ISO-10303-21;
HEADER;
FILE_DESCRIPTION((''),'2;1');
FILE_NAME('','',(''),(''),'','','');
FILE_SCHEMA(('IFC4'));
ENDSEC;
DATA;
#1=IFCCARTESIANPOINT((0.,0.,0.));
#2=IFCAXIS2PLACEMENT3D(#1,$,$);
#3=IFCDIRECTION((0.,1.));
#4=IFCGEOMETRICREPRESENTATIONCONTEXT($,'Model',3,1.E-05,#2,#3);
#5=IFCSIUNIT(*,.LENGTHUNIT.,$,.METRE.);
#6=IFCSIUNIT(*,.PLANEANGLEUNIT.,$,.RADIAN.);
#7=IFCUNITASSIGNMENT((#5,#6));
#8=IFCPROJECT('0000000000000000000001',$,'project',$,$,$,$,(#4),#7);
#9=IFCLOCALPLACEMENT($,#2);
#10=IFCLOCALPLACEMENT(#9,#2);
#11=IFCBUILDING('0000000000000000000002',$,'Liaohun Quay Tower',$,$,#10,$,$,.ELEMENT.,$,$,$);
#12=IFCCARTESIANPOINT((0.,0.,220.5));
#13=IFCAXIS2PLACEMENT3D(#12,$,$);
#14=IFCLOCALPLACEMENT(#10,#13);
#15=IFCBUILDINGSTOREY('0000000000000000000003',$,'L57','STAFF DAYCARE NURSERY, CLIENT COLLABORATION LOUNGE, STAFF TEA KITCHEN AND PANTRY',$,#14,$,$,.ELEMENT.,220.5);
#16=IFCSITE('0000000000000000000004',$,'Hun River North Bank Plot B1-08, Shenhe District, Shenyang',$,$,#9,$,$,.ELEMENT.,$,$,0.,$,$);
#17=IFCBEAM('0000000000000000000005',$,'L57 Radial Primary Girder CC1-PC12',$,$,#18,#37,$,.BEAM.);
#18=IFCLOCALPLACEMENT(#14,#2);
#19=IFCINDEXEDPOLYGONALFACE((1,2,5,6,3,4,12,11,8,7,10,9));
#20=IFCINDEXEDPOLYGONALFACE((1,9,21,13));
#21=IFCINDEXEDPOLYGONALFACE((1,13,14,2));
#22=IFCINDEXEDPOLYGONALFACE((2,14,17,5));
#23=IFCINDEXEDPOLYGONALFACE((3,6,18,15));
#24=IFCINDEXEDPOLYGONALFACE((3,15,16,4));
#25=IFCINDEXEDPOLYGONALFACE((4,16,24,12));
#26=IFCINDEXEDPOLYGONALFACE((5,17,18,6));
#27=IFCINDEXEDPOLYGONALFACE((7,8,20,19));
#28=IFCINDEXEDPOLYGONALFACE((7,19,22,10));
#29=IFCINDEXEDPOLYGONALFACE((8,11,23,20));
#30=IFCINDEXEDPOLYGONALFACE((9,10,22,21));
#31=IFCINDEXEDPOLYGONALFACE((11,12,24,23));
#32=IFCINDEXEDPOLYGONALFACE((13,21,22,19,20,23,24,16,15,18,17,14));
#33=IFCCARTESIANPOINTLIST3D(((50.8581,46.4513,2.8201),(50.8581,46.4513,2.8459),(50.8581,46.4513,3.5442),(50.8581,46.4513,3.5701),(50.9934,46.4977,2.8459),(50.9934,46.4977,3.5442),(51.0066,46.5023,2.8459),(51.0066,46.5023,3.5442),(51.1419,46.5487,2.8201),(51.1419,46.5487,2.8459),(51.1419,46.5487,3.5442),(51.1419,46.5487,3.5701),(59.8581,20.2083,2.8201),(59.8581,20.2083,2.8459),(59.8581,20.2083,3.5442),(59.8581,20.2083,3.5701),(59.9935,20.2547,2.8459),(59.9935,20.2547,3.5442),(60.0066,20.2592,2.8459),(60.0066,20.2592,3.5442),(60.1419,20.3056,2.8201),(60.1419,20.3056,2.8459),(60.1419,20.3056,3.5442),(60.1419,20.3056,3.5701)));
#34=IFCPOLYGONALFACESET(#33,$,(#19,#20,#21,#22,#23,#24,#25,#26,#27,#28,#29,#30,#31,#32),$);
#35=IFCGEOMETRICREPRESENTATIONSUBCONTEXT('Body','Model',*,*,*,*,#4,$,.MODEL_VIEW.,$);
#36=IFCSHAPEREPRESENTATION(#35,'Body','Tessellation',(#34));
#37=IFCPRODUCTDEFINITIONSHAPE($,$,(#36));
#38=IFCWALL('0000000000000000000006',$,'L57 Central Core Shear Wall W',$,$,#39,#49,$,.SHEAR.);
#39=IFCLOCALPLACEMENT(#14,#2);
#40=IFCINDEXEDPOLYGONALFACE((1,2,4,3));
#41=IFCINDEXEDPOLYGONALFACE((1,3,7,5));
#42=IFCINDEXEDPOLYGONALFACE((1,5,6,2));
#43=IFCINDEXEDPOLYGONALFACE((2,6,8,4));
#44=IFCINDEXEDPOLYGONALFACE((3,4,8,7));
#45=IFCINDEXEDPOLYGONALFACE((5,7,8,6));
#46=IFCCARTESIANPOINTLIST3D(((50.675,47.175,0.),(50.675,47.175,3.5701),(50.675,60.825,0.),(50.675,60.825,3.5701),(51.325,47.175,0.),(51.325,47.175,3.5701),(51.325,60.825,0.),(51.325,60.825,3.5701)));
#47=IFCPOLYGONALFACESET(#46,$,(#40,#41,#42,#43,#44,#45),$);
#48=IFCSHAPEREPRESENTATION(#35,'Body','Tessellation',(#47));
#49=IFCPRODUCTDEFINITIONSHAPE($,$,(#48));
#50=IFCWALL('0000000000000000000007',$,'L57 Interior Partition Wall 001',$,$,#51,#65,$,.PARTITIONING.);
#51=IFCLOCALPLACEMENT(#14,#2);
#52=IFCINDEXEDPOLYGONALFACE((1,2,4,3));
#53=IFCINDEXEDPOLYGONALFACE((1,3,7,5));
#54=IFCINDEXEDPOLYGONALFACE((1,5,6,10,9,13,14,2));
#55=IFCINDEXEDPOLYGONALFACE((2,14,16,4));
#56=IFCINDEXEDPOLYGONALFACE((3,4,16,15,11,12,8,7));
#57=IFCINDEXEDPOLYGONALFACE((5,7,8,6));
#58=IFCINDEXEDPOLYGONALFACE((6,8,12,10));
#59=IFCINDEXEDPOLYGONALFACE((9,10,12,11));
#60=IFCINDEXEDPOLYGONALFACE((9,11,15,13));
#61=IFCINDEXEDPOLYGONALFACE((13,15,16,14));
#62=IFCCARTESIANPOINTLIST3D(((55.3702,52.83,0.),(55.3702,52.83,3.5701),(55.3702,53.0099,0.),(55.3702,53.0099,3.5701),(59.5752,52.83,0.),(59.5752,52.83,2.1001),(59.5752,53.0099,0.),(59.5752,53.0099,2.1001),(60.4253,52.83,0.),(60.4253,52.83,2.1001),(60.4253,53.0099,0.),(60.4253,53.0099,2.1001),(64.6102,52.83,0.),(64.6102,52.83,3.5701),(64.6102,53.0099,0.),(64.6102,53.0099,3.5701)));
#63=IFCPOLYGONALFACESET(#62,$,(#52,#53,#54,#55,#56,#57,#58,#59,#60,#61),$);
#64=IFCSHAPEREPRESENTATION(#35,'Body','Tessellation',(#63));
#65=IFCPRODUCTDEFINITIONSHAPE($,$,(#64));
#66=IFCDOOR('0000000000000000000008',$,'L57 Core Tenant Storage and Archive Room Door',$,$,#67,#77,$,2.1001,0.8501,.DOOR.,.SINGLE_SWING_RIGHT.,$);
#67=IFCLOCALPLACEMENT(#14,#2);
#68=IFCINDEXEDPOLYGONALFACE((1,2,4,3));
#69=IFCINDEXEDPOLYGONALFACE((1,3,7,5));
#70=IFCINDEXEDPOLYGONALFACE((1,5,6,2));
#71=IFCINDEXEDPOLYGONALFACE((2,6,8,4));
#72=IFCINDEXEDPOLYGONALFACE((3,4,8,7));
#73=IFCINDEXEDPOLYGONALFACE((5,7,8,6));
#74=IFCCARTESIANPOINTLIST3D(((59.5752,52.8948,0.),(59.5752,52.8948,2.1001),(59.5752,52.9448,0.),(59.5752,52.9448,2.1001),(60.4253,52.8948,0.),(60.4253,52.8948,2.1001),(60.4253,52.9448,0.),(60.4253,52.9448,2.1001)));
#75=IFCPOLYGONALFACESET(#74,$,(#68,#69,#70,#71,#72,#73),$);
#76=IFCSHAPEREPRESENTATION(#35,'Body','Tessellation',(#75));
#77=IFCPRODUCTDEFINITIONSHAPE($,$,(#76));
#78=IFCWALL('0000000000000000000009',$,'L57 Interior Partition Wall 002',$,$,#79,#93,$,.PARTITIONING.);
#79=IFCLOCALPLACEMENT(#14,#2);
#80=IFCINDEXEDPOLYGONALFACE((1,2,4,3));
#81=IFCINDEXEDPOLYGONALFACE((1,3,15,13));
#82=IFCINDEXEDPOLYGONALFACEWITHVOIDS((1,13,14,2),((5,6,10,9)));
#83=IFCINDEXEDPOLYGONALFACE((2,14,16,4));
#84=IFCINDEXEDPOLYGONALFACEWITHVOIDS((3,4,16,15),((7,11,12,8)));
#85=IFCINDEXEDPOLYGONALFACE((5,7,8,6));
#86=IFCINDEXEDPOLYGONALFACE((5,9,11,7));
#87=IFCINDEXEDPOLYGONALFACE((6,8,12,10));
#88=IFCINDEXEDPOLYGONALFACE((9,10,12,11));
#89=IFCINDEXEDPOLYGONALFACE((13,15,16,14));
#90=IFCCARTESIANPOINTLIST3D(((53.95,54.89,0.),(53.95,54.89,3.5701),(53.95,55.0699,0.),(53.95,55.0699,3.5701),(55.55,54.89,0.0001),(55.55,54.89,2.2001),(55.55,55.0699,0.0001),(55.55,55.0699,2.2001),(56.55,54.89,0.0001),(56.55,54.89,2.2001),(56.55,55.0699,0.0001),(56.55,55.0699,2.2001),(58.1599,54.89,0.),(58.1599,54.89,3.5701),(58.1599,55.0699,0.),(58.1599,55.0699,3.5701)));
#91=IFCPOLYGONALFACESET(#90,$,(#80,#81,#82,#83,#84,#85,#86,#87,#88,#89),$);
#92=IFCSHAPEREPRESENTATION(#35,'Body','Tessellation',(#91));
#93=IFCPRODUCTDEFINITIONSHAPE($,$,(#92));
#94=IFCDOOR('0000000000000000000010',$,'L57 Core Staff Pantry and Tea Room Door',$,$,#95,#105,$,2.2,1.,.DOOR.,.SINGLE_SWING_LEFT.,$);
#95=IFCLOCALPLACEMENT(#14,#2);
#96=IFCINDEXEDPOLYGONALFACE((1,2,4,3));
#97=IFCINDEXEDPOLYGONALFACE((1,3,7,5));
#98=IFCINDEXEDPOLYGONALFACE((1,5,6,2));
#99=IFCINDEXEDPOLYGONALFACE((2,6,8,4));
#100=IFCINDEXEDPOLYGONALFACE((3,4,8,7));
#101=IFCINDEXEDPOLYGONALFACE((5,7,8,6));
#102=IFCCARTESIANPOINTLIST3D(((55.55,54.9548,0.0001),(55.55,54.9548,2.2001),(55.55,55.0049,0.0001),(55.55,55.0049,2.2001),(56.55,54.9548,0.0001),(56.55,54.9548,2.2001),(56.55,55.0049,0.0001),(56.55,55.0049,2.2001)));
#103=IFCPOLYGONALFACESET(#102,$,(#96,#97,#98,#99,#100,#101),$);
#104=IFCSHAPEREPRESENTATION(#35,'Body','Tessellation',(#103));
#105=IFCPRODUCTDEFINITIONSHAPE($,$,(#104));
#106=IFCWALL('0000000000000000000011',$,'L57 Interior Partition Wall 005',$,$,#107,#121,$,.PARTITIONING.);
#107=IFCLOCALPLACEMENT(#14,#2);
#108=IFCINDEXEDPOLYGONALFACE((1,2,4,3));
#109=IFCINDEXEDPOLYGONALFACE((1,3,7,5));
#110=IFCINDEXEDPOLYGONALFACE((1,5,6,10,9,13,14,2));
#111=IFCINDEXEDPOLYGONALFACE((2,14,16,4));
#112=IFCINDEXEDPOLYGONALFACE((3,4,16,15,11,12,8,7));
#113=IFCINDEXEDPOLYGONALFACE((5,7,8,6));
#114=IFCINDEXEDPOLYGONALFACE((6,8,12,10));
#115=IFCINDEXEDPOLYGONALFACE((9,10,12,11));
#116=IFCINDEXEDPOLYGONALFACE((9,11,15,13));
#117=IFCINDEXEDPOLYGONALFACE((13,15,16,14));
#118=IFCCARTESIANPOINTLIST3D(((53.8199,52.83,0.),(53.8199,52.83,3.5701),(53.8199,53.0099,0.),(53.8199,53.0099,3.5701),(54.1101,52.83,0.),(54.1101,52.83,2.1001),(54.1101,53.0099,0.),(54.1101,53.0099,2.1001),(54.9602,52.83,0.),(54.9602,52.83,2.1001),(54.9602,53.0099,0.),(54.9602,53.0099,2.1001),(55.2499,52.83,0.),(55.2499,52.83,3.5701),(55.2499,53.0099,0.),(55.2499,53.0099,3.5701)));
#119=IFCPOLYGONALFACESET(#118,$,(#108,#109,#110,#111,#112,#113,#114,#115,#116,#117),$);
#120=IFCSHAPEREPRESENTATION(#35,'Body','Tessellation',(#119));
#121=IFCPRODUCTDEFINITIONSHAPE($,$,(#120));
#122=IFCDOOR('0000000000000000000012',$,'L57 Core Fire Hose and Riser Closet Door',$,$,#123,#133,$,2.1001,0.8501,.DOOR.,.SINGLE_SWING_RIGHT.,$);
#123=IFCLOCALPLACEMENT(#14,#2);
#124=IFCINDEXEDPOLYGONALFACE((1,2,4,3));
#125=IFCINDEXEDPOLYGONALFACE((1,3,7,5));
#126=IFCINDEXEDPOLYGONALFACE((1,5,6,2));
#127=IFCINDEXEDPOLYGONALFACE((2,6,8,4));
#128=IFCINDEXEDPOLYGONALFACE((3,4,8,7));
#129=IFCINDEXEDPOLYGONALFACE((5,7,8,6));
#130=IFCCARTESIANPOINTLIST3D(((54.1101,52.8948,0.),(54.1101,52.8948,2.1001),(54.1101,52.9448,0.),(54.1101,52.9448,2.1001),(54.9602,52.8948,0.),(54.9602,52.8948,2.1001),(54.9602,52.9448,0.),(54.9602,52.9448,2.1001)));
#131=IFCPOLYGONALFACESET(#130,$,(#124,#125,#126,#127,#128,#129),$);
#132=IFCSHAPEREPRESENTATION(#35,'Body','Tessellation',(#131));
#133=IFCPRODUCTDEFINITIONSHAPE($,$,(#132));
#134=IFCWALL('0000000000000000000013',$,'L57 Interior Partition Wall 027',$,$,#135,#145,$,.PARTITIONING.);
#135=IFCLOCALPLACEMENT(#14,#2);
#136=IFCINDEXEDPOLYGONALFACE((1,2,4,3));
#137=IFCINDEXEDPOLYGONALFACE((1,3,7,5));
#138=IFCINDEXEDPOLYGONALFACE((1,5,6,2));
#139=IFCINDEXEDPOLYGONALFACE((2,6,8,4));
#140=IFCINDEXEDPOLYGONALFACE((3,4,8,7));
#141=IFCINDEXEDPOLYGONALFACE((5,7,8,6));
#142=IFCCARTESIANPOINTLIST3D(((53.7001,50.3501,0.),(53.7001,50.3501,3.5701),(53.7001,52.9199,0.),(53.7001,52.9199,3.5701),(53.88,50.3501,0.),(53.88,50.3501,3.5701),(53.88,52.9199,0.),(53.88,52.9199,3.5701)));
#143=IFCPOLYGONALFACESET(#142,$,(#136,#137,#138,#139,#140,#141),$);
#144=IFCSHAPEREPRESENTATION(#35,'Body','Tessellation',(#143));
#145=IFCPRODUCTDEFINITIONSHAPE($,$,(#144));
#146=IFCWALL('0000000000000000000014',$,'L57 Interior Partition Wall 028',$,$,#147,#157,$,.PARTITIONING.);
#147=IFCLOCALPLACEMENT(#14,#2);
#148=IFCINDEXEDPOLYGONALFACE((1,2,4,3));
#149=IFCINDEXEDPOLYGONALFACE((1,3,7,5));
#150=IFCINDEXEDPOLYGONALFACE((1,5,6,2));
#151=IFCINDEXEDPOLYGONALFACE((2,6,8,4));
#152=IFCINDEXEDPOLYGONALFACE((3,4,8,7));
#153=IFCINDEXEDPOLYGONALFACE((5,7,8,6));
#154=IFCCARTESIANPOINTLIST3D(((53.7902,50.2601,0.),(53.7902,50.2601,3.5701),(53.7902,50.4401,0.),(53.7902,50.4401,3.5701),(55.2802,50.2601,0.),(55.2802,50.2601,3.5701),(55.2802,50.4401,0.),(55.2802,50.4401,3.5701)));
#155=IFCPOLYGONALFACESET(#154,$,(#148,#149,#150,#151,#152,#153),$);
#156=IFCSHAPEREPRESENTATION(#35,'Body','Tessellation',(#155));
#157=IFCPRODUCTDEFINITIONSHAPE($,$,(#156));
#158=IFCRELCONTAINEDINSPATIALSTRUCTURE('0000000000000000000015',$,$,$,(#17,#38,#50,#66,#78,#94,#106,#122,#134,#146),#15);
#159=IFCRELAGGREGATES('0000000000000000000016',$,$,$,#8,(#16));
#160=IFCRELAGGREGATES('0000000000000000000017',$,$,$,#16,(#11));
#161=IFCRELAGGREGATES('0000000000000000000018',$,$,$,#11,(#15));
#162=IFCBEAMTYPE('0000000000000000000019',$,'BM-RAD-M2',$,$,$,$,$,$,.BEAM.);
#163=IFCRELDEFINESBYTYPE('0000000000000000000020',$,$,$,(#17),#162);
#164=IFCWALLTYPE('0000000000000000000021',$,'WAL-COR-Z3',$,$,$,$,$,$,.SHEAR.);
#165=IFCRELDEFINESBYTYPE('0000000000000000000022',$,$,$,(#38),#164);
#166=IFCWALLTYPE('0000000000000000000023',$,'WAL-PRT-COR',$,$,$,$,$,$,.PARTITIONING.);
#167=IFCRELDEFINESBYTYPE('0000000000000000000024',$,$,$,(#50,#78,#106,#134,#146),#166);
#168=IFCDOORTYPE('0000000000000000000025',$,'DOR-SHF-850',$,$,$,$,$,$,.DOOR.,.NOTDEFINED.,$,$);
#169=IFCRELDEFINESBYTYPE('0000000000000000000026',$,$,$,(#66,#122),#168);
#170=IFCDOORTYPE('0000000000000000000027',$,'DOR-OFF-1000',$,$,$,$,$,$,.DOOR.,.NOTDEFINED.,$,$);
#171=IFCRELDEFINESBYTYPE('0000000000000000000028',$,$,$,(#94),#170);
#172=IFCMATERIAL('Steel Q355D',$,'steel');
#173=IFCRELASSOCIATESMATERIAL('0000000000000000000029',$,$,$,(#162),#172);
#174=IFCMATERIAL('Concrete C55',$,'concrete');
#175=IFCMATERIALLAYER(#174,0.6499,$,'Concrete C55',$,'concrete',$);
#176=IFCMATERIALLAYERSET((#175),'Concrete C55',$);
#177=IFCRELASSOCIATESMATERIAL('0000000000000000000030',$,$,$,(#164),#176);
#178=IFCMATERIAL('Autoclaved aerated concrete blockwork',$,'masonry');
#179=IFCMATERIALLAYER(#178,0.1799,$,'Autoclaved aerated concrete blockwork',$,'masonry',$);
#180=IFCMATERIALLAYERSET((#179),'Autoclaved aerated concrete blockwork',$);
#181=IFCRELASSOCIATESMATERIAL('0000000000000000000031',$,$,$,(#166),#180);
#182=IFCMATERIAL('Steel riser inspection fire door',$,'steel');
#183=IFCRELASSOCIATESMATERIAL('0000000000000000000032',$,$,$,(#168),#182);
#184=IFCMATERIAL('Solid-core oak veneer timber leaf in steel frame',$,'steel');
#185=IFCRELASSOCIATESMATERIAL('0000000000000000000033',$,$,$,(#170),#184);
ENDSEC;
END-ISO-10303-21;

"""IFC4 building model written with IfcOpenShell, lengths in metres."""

from ifc_helpers import new_model, si_unit, direction, frame, frame_2d, origin, origin_2d, place, context, subcontext, project, spatial, rectangle, i_section, extrude, source, transform, mapped, material, layer, layer_set, material_profile, profile_set, type_object, element, fill, save


model = new_model("IFC4")

# Units and contexts
model_context = context("Model", 3, precision=1e-05, world=origin(), true_north=direction((0.0, 1.0)))
body_context = subcontext(model_context, "Body", "Model", "MODEL_VIEW")
ifc_project = project(units=[si_unit("LENGTHUNIT", "METRE"), si_unit("PLANEANGLEUNIT", "RADIAN")], contexts=[model_context])

# Site, building, storey
site_placement = place(None, origin())
site = spatial("IfcSite", under=ifc_project, at=site_placement, Name="Hun River North Bank Plot B1-08, Shenhe District, Shenyang", CompositionType="ELEMENT", RefElevation=0.0)
building_placement = place(site_placement, origin())
building = spatial("IfcBuilding", under=site, at=building_placement, Name="Liaohun Quay Tower", CompositionType="ELEMENT")
storey_placement = place(building_placement, frame((0.0, 0.0, 220.5)))
storey = spatial("IfcBuildingStorey", under=building, at=storey_placement, Name="L57", Description="STAFF DAYCARE NURSERY, CLIENT COLLABORATION LOUNGE, STAFF TEA KITCHEN AND PANTRY", CompositionType="ELEMENT", Elevation=220.5)

# Beam
ifc_material_1 = material(Name="Steel Q355D", Category="steel")
ifc_material_profile = material_profile(ifc_material_1, i_section(OverallWidth=0.3, OverallDepth=0.75, WebThickness=0.0139, FlangeThickness=0.0259, at=origin_2d()), Name="HN750x300x14x26")
ifc_profile_set = profile_set([ifc_material_profile], Name="Steel Q355D")
beam_type = type_object("IfcBeamType", Name="BM-RAD-M2", PredefinedType="BEAM", material=ifc_profile_set)
shared_shape_1 = source(origin(), body_context, "Body", "SweptSolid", [
    extrude(i_section(OverallWidth=0.3, OverallDepth=0.75, WebThickness=0.0139, FlangeThickness=0.0259, at=origin_2d()), origin(), (0.0, 0.0, 1.0), 27.7434),
])
beam_placement = place(storey_placement, frame((51.0, 46.5, 3.1951), z_axis=(0.324403, -0.945919, 0.0), x_axis=(0.945919, 0.324403, 0.0)))
element("IfcBeam", 1, at=beam_placement, inside=storey, type_object=beam_type, Name="L57 Radial Primary Girder CC1-PC12", PredefinedType="BEAM", context=body_context, shape_type="MappedRepresentation", body=[
    mapped(shared_shape_1, transform((0.0, 0.0, 0.0), x_axis=(1.0, 0.0, 0.0), y_axis=(0.0, 1.0, 0.0), z_axis=(0.0, 0.0, 1.0), scale=1.0)),
])

# Wall
ifc_material_2 = material(Name="Concrete C55", Category="concrete")
ifc_layer_1 = layer(ifc_material_2, 0.6499, Name="Concrete C55", Category="concrete")
ifc_layer_set_1 = layer_set([ifc_layer_1], Name="Concrete C55")
wall_type_1 = type_object("IfcWallType", Name="WAL-COR-Z3", PredefinedType="SHEAR", material=ifc_layer_set_1)
wall_1_placement = place(storey_placement, frame((51.0, 47.175, 0.0), z_axis=(0.0, 0.0, 1.0), x_axis=(0.0, 1.0, 0.0)))
element("IfcWall", 2, at=wall_1_placement, inside=storey, type_object=wall_type_1, Name="L57 Central Core Shear Wall W", PredefinedType="SHEAR", context=body_context, shape_type="SweptSolid", body=[
    extrude(rectangle(XDim=13.6499, YDim=0.6499, at=frame_2d((6.825, 0.0))), origin(), (0.0, 0.0, 1.0), 3.5701),
])

# Walls, openings, doors
ifc_material_3 = material(Name="Autoclaved aerated concrete blockwork", Category="masonry")
ifc_layer_2 = layer(ifc_material_3, 0.1799, Name="Autoclaved aerated concrete blockwork", Category="masonry")
ifc_layer_set_2 = layer_set([ifc_layer_2], Name="Autoclaved aerated concrete blockwork")
wall_type_2 = type_object("IfcWallType", Name="WAL-PRT-COR", PredefinedType="PARTITIONING", material=ifc_layer_set_2)
wall_2_placement = place(storey_placement, frame((55.3701, 52.9199, 0.0), z_axis=(0.0, 0.0, 1.0), x_axis=(1.0, 0.0, 0.0)))
wall_2 = element("IfcWall", 3, at=wall_2_placement, inside=storey, type_object=wall_type_2, Name="L57 Interior Partition Wall 001", PredefinedType="PARTITIONING", context=body_context, shape_type="SweptSolid", body=[
    extrude(rectangle(XDim=9.24, YDim=0.1799, at=frame_2d((4.6201, 0.0))), origin(), (0.0, 0.0, 1.0), 3.5701),
])
shared_shape_2 = source(origin(), body_context, "Body", "SweptSolid", [
    extrude(rectangle(XDim=0.8501, YDim=2.1001, at=frame_2d((0.425, 1.05))), frame((0.0, 0.0999, 0.0), z_axis=(0.0, -1.0, 0.0), x_axis=(1.0, 0.0, 0.0)), (0.0, 0.0, 1.0), 0.2),
])
opening_1_placement = place(wall_2_placement, frame((4.2051, 0.0, 0.0)))
opening_1 = element("IfcOpeningElement", 4, at=opening_1_placement, cuts=wall_2, PredefinedType="OPENING", context=body_context, shape_type="MappedRepresentation", body=[
    mapped(shared_shape_2, transform((0.0, 0.0, 0.0), x_axis=(1.0, 0.0, 0.0), y_axis=(0.0, 1.0, 0.0), z_axis=(0.0, 0.0, 1.0), scale=1.0)),
])
ifc_material_4 = material(Name="Steel riser inspection fire door", Category="steel")
door_type_1 = type_object("IfcDoorType", Name="DOR-SHF-850", OperationType="NOTDEFINED", PredefinedType="DOOR", material=ifc_material_4)
shared_shape_3 = source(origin(), body_context, "Body", "SweptSolid", [
    extrude(rectangle(XDim=0.8501, YDim=2.1001, at=frame_2d((0.425, 1.05))), frame((0.0, 0.0249, 0.0), z_axis=(0.0, -1.0, 0.0), x_axis=(1.0, 0.0, 0.0)), (0.0, 0.0, 1.0), 0.05),
])
door_1_placement = place(opening_1_placement, origin())
door_1 = element("IfcDoor", 5, at=door_1_placement, inside=storey, type_object=door_type_1, Name="L57 Core Tenant Storage and Archive Room Door", OperationType="SINGLE_SWING_RIGHT", OverallHeight=2.1001, OverallWidth=0.8501, PredefinedType="DOOR", context=body_context, shape_type="MappedRepresentation", body=[
    mapped(shared_shape_3, transform((0.0, 0.0, 0.0), x_axis=(1.0, 0.0, 0.0), y_axis=(0.0, 1.0, 0.0), z_axis=(0.0, 0.0, 1.0), scale=1.0)),
])
fill(opening_1, door_1)
wall_3_placement = place(storey_placement, frame((53.95, 54.98, 0.0), z_axis=(0.0, 0.0, 1.0), x_axis=(1.0, 0.0, 0.0)))
wall_3 = element("IfcWall", 6, at=wall_3_placement, inside=storey, type_object=wall_type_2, Name="L57 Interior Partition Wall 002", PredefinedType="PARTITIONING", context=body_context, shape_type="SweptSolid", body=[
    extrude(rectangle(XDim=4.21, YDim=0.1799, at=frame_2d((2.105, 0.0))), origin(), (0.0, 0.0, 1.0), 3.5701),
])
shared_shape_4 = source(origin(), body_context, "Body", "SweptSolid", [
    extrude(rectangle(XDim=1.0, YDim=2.2, at=frame_2d((0.5, 1.1001))), frame((0.0, 0.0999, 0.0), z_axis=(0.0, -1.0, 0.0), x_axis=(1.0, 0.0, 0.0)), (0.0, 0.0, 1.0), 0.2),
])
opening_2_placement = place(wall_3_placement, frame((1.6001, 0.0, 0.0)))
opening_2 = element("IfcOpeningElement", 7, at=opening_2_placement, cuts=wall_3, PredefinedType="OPENING", context=body_context, shape_type="MappedRepresentation", body=[
    mapped(shared_shape_4, transform((0.0, 0.0, 0.0), x_axis=(1.0, 0.0, 0.0), y_axis=(0.0, 1.0, 0.0), z_axis=(0.0, 0.0, 1.0), scale=1.0)),
])
ifc_material_5 = material(Name="Solid-core oak veneer timber leaf in steel frame", Category="steel")
door_type_2 = type_object("IfcDoorType", Name="DOR-OFF-1000", OperationType="NOTDEFINED", PredefinedType="DOOR", material=ifc_material_5)
shared_shape_5 = source(origin(), body_context, "Body", "SweptSolid", [
    extrude(rectangle(XDim=1.0, YDim=2.2, at=frame_2d((0.5, 1.1001))), frame((0.0, 0.0249, 0.0), z_axis=(0.0, -1.0, 0.0), x_axis=(1.0, 0.0, 0.0)), (0.0, 0.0, 1.0), 0.05),
])
door_2_placement = place(opening_2_placement, origin())
door_2 = element("IfcDoor", 8, at=door_2_placement, inside=storey, type_object=door_type_2, Name="L57 Core Staff Pantry and Tea Room Door", OperationType="SINGLE_SWING_LEFT", OverallHeight=2.2, OverallWidth=1.0, PredefinedType="DOOR", context=body_context, shape_type="MappedRepresentation", body=[
    mapped(shared_shape_5, transform((0.0, 0.0, 0.0), x_axis=(1.0, 0.0, 0.0), y_axis=(0.0, 1.0, 0.0), z_axis=(0.0, 0.0, 1.0), scale=1.0)),
])
fill(opening_2, door_2)
wall_4_placement = place(storey_placement, frame((53.8201, 52.9199, 0.0), z_axis=(0.0, 0.0, 1.0), x_axis=(1.0, 0.0, 0.0)))
wall_4 = element("IfcWall", 9, at=wall_4_placement, inside=storey, type_object=wall_type_2, Name="L57 Interior Partition Wall 005", PredefinedType="PARTITIONING", context=body_context, shape_type="SweptSolid", body=[
    extrude(rectangle(XDim=1.4299, YDim=0.1799, at=frame_2d((0.7148, 0.0))), origin(), (0.0, 0.0, 1.0), 3.5701),
])
opening_3_placement = place(wall_4_placement, frame((0.29, 0.0, 0.0)))
opening_3 = element("IfcOpeningElement", 10, at=opening_3_placement, cuts=wall_4, PredefinedType="OPENING", context=body_context, shape_type="MappedRepresentation", body=[
    mapped(shared_shape_2, transform((0.0, 0.0, 0.0), x_axis=(1.0, 0.0, 0.0), y_axis=(0.0, 1.0, 0.0), z_axis=(0.0, 0.0, 1.0), scale=1.0)),
])
door_3_placement = place(opening_3_placement, origin())
door_3 = element("IfcDoor", 11, at=door_3_placement, inside=storey, type_object=door_type_1, Name="L57 Core Fire Hose and Riser Closet Door", OperationType="SINGLE_SWING_RIGHT", OverallHeight=2.1001, OverallWidth=0.8501, PredefinedType="DOOR", context=body_context, shape_type="MappedRepresentation", body=[
    mapped(shared_shape_3, transform((0.0, 0.0, 0.0), x_axis=(1.0, 0.0, 0.0), y_axis=(0.0, 1.0, 0.0), z_axis=(0.0, 0.0, 1.0), scale=1.0)),
])
fill(opening_3, door_3)

# Walls
wall_5_placement = place(storey_placement, frame((53.79, 50.3501, 0.0), z_axis=(0.0, 0.0, 1.0), x_axis=(0.0, 1.0, 0.0)))
element("IfcWall", 12, at=wall_5_placement, inside=storey, type_object=wall_type_2, Name="L57 Interior Partition Wall 027", PredefinedType="PARTITIONING", context=body_context, shape_type="SweptSolid", body=[
    extrude(rectangle(XDim=2.5698, YDim=0.1799, at=frame_2d((1.2849, 0.0))), origin(), (0.0, 0.0, 1.0), 3.5701),
])
wall_6_placement = place(storey_placement, frame((53.79, 50.3501, 0.0), z_axis=(0.0, 0.0, 1.0), x_axis=(1.0, 0.0, 0.0)))
element("IfcWall", 13, at=wall_6_placement, inside=storey, type_object=wall_type_2, Name="L57 Interior Partition Wall 028", PredefinedType="PARTITIONING", context=body_context, shape_type="SweptSolid", body=[
    extrude(rectangle(XDim=1.49, YDim=0.1799, at=frame_2d((0.7451, 0.0))), origin(), (0.0, 0.0, 1.0), 3.5701),
])

save(model, "model.ifc")
